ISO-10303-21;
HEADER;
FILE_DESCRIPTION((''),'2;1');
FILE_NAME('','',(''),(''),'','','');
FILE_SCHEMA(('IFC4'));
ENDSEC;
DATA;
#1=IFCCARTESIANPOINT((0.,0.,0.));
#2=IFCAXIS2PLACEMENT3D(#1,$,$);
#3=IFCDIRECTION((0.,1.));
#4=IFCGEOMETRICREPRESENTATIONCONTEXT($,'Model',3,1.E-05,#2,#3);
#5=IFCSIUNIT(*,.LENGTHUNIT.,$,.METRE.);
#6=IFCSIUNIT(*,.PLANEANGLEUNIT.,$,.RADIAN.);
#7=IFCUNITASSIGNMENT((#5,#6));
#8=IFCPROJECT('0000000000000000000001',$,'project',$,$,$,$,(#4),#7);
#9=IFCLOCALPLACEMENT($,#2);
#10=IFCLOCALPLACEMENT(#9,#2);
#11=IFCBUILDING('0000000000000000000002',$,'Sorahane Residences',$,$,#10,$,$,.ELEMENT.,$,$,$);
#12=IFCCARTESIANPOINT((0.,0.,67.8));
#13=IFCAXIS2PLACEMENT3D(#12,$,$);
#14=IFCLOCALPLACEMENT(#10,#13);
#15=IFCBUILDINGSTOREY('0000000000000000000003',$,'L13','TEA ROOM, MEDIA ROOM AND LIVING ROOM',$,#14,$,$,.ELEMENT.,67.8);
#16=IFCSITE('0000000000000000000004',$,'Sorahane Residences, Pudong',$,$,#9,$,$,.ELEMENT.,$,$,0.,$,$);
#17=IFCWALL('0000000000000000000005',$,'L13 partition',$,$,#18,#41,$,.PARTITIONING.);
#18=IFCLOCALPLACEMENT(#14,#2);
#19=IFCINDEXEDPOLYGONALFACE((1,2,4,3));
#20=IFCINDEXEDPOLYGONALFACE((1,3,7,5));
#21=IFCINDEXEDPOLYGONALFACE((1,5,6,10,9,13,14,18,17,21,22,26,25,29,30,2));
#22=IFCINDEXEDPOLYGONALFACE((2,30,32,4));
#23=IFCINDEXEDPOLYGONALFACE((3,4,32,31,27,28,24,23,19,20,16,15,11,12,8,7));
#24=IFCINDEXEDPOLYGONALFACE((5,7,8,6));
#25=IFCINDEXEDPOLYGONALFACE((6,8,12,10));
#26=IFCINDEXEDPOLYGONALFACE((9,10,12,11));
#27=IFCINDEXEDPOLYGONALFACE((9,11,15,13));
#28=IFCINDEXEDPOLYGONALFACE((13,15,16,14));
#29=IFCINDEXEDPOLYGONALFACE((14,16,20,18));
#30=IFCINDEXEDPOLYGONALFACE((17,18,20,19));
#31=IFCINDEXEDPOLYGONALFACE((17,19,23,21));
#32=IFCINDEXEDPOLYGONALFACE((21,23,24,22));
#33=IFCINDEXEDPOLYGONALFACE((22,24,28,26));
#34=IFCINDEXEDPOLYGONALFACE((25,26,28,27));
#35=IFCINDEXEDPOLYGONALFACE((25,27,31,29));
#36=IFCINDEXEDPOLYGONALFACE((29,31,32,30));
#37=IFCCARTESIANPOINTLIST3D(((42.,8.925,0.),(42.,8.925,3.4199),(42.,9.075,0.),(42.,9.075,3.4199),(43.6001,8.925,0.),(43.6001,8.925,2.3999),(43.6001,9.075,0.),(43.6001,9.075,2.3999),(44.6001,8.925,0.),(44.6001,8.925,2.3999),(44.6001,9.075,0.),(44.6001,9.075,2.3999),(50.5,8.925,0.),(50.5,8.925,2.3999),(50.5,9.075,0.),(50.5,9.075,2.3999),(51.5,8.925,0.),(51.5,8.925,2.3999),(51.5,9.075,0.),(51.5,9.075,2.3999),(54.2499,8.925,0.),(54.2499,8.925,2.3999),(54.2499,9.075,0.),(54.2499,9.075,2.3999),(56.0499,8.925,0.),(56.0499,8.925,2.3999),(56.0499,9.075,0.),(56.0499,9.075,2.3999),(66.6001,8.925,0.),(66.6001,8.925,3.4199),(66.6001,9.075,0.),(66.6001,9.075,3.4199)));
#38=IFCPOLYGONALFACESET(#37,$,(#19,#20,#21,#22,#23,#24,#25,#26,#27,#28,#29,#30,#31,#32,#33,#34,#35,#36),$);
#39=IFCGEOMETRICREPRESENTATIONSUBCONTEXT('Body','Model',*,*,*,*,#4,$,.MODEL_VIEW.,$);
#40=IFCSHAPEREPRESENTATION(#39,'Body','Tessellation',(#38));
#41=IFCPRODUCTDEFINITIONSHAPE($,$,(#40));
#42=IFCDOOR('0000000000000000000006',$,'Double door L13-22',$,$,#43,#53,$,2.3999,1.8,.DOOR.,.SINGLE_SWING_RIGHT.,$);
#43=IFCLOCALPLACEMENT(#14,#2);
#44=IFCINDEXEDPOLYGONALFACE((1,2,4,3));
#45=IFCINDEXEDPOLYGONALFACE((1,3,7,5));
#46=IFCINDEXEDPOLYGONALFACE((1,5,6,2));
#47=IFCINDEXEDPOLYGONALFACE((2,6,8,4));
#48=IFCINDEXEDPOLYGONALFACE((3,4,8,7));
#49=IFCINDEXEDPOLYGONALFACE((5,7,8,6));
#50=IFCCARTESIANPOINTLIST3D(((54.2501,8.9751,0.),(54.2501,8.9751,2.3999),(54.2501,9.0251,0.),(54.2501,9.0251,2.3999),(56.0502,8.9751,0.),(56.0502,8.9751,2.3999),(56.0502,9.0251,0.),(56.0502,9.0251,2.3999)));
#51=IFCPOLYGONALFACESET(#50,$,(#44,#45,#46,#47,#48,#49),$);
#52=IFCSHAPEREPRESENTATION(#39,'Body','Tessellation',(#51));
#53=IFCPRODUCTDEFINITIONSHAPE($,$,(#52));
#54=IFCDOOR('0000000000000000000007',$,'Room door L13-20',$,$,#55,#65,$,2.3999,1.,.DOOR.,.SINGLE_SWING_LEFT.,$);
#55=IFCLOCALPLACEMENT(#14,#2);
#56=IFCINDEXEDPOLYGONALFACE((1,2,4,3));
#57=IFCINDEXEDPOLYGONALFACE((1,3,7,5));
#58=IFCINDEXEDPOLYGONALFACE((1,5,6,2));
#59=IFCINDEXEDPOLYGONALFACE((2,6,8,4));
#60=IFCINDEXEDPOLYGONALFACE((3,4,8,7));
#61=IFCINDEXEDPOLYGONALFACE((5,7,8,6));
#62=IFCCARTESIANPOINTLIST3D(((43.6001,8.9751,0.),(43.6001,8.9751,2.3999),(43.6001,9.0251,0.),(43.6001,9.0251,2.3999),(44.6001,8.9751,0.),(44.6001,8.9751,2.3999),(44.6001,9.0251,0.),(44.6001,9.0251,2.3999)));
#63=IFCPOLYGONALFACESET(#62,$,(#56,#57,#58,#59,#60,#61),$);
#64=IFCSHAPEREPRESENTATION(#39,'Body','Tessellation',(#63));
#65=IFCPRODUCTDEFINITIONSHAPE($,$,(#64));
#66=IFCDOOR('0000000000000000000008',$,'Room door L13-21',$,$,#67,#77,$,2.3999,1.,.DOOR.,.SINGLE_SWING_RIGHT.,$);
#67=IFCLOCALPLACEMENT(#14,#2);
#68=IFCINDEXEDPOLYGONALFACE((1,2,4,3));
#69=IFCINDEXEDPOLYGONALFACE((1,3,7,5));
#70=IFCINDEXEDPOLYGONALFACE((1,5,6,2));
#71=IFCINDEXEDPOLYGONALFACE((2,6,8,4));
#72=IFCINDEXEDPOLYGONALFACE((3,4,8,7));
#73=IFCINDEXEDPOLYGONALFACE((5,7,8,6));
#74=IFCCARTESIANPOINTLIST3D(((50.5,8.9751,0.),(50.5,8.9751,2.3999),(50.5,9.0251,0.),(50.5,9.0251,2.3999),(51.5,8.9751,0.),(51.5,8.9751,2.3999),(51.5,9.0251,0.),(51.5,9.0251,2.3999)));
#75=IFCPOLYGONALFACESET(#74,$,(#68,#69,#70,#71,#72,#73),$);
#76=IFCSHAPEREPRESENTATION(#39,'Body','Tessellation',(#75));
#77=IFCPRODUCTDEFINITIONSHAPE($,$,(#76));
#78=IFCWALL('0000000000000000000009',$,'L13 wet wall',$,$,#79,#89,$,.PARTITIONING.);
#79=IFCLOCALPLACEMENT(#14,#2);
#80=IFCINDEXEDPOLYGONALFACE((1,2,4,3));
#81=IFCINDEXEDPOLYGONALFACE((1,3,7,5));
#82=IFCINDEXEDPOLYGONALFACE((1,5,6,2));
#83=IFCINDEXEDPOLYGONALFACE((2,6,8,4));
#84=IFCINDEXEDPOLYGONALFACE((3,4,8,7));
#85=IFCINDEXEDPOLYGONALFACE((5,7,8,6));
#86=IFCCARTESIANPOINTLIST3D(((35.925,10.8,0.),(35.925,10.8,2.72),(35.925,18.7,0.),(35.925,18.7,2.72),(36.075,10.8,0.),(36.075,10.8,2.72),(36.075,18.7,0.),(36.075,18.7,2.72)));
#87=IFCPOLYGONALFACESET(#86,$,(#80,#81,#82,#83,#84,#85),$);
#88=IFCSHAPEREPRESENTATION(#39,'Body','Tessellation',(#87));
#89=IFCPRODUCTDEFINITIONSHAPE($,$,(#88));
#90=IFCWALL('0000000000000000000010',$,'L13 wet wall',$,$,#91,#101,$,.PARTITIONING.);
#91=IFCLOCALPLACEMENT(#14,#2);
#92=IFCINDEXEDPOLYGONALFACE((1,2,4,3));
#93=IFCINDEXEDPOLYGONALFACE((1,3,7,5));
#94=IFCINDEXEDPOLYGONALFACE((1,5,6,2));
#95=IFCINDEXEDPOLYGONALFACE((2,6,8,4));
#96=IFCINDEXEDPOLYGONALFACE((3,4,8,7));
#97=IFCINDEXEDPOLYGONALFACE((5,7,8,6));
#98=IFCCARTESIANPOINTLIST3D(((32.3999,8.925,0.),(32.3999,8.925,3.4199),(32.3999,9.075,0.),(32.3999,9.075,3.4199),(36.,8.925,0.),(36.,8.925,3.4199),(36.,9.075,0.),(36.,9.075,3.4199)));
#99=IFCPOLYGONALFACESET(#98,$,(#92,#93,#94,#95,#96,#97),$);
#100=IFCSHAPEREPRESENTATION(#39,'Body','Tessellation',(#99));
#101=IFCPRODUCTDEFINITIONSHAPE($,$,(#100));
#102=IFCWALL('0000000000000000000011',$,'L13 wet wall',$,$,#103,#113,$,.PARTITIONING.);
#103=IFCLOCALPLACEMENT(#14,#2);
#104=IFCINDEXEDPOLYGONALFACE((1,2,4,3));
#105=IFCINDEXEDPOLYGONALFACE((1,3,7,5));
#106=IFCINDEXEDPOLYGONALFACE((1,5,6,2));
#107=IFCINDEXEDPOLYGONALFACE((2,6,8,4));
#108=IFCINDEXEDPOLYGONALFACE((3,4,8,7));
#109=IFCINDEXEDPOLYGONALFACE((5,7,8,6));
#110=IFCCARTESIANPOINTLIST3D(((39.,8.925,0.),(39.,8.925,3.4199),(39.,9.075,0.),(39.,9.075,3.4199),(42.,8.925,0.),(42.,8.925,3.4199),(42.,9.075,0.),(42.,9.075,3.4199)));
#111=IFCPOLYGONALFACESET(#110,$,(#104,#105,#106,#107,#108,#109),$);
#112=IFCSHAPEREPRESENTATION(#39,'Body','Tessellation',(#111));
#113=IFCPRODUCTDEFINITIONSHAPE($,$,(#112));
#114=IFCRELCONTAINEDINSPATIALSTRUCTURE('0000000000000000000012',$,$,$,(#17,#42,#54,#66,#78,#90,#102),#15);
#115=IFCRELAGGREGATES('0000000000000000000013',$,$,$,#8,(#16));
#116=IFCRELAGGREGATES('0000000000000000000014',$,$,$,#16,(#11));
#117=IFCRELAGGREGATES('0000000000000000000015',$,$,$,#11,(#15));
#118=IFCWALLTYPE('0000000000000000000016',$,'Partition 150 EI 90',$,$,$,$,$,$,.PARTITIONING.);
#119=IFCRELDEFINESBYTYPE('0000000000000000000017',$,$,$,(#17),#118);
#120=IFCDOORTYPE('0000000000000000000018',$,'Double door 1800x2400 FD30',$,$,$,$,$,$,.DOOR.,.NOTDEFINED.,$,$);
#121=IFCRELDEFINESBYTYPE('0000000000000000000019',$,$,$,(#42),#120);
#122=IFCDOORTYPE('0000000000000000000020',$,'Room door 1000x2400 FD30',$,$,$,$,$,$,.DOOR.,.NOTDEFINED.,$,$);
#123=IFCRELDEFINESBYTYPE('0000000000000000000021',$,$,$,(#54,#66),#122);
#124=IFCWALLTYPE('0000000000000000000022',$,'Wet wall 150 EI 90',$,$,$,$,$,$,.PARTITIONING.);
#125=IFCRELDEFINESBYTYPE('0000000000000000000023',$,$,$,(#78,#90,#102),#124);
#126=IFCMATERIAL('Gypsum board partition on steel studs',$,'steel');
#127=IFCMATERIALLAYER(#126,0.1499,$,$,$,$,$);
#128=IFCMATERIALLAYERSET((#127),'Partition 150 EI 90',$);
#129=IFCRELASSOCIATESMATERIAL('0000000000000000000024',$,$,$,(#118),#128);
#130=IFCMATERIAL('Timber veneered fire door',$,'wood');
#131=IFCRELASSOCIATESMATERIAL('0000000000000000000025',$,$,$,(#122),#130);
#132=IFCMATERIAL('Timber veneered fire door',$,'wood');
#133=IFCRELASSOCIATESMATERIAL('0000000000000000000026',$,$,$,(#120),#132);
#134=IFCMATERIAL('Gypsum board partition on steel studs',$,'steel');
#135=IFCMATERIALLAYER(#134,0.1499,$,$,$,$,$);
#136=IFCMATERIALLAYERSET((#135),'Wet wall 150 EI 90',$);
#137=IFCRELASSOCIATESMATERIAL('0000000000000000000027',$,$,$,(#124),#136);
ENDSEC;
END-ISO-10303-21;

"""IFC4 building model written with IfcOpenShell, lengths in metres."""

from ifc_helpers import new_model, si_unit, direction, frame, frame_2d, origin, place, context, subcontext, project, spatial, rectangle, extrude, material, layer, layer_set, type_object, element, fill, save


model = new_model("IFC4")

# Units and contexts
model_context = context("Model", 3, precision=1e-05, world=origin(), true_north=direction((0.0, 1.0)))
body_context = subcontext(model_context, "Body", "Model", "MODEL_VIEW")
ifc_project = project(units=[si_unit("LENGTHUNIT", "METRE"), si_unit("PLANEANGLEUNIT", "RADIAN")], contexts=[model_context])

# Site, building, storey
site_placement = place(None, origin())
site = spatial("IfcSite", under=ifc_project, at=site_placement, Name="Sorahane Residences, Pudong", CompositionType="ELEMENT", RefElevation=0.0)
building_placement = place(site_placement, origin())
building = spatial("IfcBuilding", under=site, at=building_placement, Name="Sorahane Residences", CompositionType="ELEMENT")
storey_placement = place(building_placement, frame((0.0, 0.0, 67.8)))
storey = spatial("IfcBuildingStorey", under=building, at=storey_placement, Name="L13", Description="TEA ROOM, MEDIA ROOM AND LIVING ROOM", CompositionType="ELEMENT", Elevation=67.8)

# Shared definitions
ifc_material_1 = material(Name="Gypsum board partition on steel studs", Category="steel")
ifc_layer_1 = layer(ifc_material_1, 0.1499)
ifc_layer_set_1 = layer_set([ifc_layer_1], Name="Partition 150 EI 90")
wall_type_1 = type_object("IfcWallType", Name="Partition 150 EI 90", PredefinedType="PARTITIONING", material=ifc_layer_set_1)
ifc_material_2 = material(Name="Timber veneered fire door", Category="wood")
door_type_1 = type_object("IfcDoorType", Name="Room door 1000x2400 FD30", OperationType="NOTDEFINED", PredefinedType="DOOR", material=ifc_material_2)

# Wall, openings, doors
wall_1_placement = place(storey_placement, frame((42.0, 9.0, 0.0), z_axis=(0.0, 0.0, 1.0), x_axis=(1.0, 0.0, 0.0)))
wall_1 = element("IfcWall", 1, at=wall_1_placement, inside=storey, type_object=wall_type_1, Name="L13 partition", PredefinedType="PARTITIONING", context=body_context, shape_type="SweptSolid", body=[
    extrude(rectangle(XDim=24.6001, YDim=0.1499, at=frame_2d((12.3, 0.0))), origin(), (0.0, 0.0, 1.0), 3.4199),
])
opening_1_placement = place(wall_1_placement, frame((1.6001, 0.0, 0.0)))
opening_1 = element("IfcOpeningElement", 2, at=opening_1_placement, cuts=wall_1, PredefinedType="OPENING", context=body_context, shape_type="SweptSolid", body=[
    extrude(rectangle(XDim=1.0, YDim=2.3999, at=frame_2d((0.5, 1.2))), frame((0.0, 0.085, 0.0), z_axis=(0.0, -1.0, 0.0), x_axis=(1.0, 0.0, 0.0)), (0.0, 0.0, 1.0), 0.1699),
])
opening_2_placement = place(wall_1_placement, frame((8.5, 0.0, 0.0)))
opening_2 = element("IfcOpeningElement", 3, at=opening_2_placement, cuts=wall_1, PredefinedType="OPENING", context=body_context, shape_type="SweptSolid", body=[
    extrude(rectangle(XDim=1.0, YDim=2.3999, at=frame_2d((0.5, 1.2))), frame((0.0, 0.085, 0.0), z_axis=(0.0, -1.0, 0.0), x_axis=(1.0, 0.0, 0.0)), (0.0, 0.0, 1.0), 0.1699),
])
opening_3_placement = place(wall_1_placement, frame((12.25, 0.0, 0.0)))
opening_3 = element("IfcOpeningElement", 4, at=opening_3_placement, cuts=wall_1, PredefinedType="OPENING", context=body_context, shape_type="SweptSolid", body=[
    extrude(rectangle(XDim=1.8, YDim=2.3999, at=frame_2d((0.8999, 1.2))), frame((0.0, 0.085, 0.0), z_axis=(0.0, -1.0, 0.0), x_axis=(1.0, 0.0, 0.0)), (0.0, 0.0, 1.0), 0.1699),
])
ifc_material_3 = material(Name="Timber veneered fire door", Category="wood")
door_type_2 = type_object("IfcDoorType", Name="Double door 1800x2400 FD30", OperationType="NOTDEFINED", PredefinedType="DOOR", material=ifc_material_3)
door_1_placement = place(opening_3_placement, frame((1.8, 0.0, 0.0), z_axis=(0.0, 0.0, 1.0), x_axis=(-1.0, 0.0, 0.0)))
door_1 = element("IfcDoor", 5, at=door_1_placement, inside=storey, type_object=door_type_2, Name="Double door L13-22", OperationType="SINGLE_SWING_RIGHT", OverallHeight=2.3999, OverallWidth=1.8, PredefinedType="DOOR", context=body_context, shape_type="SweptSolid", body=[
    extrude(rectangle(XDim=1.8, YDim=2.3999, at=frame_2d((0.8999, 1.2))), frame((0.0, 0.0249, 0.0), z_axis=(0.0, -1.0, 0.0), x_axis=(1.0, 0.0, 0.0)), (0.0, 0.0, 1.0), 0.05),
])
fill(opening_3, door_1)
door_2_placement = place(opening_1_placement, frame((1.0, 0.0, 0.0), z_axis=(0.0, 0.0, 1.0), x_axis=(-1.0, 0.0, 0.0)))
door_2 = element("IfcDoor", 6, at=door_2_placement, inside=storey, type_object=door_type_1, Name="Room door L13-20", OperationType="SINGLE_SWING_LEFT", OverallHeight=2.3999, OverallWidth=1.0, PredefinedType="DOOR", context=body_context, shape_type="SweptSolid", body=[
    extrude(rectangle(XDim=1.0, YDim=2.3999, at=frame_2d((0.5, 1.2))), frame((0.0, 0.0249, 0.0), z_axis=(0.0, -1.0, 0.0), x_axis=(1.0, 0.0, 0.0)), (0.0, 0.0, 1.0), 0.05),
])
fill(opening_1, door_2)
door_3_placement = place(opening_2_placement, frame((1.0, 0.0, 0.0), z_axis=(0.0, 0.0, 1.0), x_axis=(-1.0, 0.0, 0.0)))
door_3 = element("IfcDoor", 7, at=door_3_placement, inside=storey, type_object=door_type_1, Name="Room door L13-21", OperationType="SINGLE_SWING_RIGHT", OverallHeight=2.3999, OverallWidth=1.0, PredefinedType="DOOR", context=body_context, shape_type="SweptSolid", body=[
    extrude(rectangle(XDim=1.0, YDim=2.3999, at=frame_2d((0.5, 1.2))), frame((0.0, 0.0249, 0.0), z_axis=(0.0, -1.0, 0.0), x_axis=(1.0, 0.0, 0.0)), (0.0, 0.0, 1.0), 0.05),
])
fill(opening_2, door_3)

# Wall
ifc_material_4 = material(Name="Gypsum board partition on steel studs", Category="steel")
ifc_layer_2 = layer(ifc_material_4, 0.1499)
ifc_layer_set_2 = layer_set([ifc_layer_2], Name="Wet wall 150 EI 90")
wall_type_2 = type_object("IfcWallType", Name="Wet wall 150 EI 90", PredefinedType="PARTITIONING", material=ifc_layer_set_2)
wall_2_placement = place(storey_placement, frame((36.0, 10.8, 0.0), z_axis=(0.0, 0.0, 1.0), x_axis=(0.0, 1.0, 0.0)))
element("IfcWall", 8, at=wall_2_placement, inside=storey, type_object=wall_type_2, Name="L13 wet wall", PredefinedType="PARTITIONING", context=body_context, shape_type="SweptSolid", body=[
    extrude(rectangle(XDim=7.8999, YDim=0.1499, at=frame_2d((3.95, 0.0))), origin(), (0.0, 0.0, 1.0), 2.72),
])

# Walls
wall_3_placement = place(storey_placement, frame((32.3999, 9.0, 0.0), z_axis=(0.0, 0.0, 1.0), x_axis=(1.0, 0.0, 0.0)))
element("IfcWall", 9, at=wall_3_placement, inside=storey, type_object=wall_type_2, Name="L13 wet wall", PredefinedType="PARTITIONING", context=body_context, shape_type="SweptSolid", body=[
    extrude(rectangle(XDim=3.6001, YDim=0.1499, at=frame_2d((1.8, 0.0))), origin(), (0.0, 0.0, 1.0), 3.4199),
])
wall_4_placement = place(storey_placement, frame((39.0, 9.0, 0.0), z_axis=(0.0, 0.0, 1.0), x_axis=(1.0, 0.0, 0.0)))
element("IfcWall", 10, at=wall_4_placement, inside=storey, type_object=wall_type_2, Name="L13 wet wall", PredefinedType="PARTITIONING", context=body_context, shape_type="SweptSolid", body=[
    extrude(rectangle(XDim=3.0, YDim=0.1499, at=frame_2d((1.5, 0.0))), origin(), (0.0, 0.0, 1.0), 3.4199),
])

save(model, "model.ifc")
